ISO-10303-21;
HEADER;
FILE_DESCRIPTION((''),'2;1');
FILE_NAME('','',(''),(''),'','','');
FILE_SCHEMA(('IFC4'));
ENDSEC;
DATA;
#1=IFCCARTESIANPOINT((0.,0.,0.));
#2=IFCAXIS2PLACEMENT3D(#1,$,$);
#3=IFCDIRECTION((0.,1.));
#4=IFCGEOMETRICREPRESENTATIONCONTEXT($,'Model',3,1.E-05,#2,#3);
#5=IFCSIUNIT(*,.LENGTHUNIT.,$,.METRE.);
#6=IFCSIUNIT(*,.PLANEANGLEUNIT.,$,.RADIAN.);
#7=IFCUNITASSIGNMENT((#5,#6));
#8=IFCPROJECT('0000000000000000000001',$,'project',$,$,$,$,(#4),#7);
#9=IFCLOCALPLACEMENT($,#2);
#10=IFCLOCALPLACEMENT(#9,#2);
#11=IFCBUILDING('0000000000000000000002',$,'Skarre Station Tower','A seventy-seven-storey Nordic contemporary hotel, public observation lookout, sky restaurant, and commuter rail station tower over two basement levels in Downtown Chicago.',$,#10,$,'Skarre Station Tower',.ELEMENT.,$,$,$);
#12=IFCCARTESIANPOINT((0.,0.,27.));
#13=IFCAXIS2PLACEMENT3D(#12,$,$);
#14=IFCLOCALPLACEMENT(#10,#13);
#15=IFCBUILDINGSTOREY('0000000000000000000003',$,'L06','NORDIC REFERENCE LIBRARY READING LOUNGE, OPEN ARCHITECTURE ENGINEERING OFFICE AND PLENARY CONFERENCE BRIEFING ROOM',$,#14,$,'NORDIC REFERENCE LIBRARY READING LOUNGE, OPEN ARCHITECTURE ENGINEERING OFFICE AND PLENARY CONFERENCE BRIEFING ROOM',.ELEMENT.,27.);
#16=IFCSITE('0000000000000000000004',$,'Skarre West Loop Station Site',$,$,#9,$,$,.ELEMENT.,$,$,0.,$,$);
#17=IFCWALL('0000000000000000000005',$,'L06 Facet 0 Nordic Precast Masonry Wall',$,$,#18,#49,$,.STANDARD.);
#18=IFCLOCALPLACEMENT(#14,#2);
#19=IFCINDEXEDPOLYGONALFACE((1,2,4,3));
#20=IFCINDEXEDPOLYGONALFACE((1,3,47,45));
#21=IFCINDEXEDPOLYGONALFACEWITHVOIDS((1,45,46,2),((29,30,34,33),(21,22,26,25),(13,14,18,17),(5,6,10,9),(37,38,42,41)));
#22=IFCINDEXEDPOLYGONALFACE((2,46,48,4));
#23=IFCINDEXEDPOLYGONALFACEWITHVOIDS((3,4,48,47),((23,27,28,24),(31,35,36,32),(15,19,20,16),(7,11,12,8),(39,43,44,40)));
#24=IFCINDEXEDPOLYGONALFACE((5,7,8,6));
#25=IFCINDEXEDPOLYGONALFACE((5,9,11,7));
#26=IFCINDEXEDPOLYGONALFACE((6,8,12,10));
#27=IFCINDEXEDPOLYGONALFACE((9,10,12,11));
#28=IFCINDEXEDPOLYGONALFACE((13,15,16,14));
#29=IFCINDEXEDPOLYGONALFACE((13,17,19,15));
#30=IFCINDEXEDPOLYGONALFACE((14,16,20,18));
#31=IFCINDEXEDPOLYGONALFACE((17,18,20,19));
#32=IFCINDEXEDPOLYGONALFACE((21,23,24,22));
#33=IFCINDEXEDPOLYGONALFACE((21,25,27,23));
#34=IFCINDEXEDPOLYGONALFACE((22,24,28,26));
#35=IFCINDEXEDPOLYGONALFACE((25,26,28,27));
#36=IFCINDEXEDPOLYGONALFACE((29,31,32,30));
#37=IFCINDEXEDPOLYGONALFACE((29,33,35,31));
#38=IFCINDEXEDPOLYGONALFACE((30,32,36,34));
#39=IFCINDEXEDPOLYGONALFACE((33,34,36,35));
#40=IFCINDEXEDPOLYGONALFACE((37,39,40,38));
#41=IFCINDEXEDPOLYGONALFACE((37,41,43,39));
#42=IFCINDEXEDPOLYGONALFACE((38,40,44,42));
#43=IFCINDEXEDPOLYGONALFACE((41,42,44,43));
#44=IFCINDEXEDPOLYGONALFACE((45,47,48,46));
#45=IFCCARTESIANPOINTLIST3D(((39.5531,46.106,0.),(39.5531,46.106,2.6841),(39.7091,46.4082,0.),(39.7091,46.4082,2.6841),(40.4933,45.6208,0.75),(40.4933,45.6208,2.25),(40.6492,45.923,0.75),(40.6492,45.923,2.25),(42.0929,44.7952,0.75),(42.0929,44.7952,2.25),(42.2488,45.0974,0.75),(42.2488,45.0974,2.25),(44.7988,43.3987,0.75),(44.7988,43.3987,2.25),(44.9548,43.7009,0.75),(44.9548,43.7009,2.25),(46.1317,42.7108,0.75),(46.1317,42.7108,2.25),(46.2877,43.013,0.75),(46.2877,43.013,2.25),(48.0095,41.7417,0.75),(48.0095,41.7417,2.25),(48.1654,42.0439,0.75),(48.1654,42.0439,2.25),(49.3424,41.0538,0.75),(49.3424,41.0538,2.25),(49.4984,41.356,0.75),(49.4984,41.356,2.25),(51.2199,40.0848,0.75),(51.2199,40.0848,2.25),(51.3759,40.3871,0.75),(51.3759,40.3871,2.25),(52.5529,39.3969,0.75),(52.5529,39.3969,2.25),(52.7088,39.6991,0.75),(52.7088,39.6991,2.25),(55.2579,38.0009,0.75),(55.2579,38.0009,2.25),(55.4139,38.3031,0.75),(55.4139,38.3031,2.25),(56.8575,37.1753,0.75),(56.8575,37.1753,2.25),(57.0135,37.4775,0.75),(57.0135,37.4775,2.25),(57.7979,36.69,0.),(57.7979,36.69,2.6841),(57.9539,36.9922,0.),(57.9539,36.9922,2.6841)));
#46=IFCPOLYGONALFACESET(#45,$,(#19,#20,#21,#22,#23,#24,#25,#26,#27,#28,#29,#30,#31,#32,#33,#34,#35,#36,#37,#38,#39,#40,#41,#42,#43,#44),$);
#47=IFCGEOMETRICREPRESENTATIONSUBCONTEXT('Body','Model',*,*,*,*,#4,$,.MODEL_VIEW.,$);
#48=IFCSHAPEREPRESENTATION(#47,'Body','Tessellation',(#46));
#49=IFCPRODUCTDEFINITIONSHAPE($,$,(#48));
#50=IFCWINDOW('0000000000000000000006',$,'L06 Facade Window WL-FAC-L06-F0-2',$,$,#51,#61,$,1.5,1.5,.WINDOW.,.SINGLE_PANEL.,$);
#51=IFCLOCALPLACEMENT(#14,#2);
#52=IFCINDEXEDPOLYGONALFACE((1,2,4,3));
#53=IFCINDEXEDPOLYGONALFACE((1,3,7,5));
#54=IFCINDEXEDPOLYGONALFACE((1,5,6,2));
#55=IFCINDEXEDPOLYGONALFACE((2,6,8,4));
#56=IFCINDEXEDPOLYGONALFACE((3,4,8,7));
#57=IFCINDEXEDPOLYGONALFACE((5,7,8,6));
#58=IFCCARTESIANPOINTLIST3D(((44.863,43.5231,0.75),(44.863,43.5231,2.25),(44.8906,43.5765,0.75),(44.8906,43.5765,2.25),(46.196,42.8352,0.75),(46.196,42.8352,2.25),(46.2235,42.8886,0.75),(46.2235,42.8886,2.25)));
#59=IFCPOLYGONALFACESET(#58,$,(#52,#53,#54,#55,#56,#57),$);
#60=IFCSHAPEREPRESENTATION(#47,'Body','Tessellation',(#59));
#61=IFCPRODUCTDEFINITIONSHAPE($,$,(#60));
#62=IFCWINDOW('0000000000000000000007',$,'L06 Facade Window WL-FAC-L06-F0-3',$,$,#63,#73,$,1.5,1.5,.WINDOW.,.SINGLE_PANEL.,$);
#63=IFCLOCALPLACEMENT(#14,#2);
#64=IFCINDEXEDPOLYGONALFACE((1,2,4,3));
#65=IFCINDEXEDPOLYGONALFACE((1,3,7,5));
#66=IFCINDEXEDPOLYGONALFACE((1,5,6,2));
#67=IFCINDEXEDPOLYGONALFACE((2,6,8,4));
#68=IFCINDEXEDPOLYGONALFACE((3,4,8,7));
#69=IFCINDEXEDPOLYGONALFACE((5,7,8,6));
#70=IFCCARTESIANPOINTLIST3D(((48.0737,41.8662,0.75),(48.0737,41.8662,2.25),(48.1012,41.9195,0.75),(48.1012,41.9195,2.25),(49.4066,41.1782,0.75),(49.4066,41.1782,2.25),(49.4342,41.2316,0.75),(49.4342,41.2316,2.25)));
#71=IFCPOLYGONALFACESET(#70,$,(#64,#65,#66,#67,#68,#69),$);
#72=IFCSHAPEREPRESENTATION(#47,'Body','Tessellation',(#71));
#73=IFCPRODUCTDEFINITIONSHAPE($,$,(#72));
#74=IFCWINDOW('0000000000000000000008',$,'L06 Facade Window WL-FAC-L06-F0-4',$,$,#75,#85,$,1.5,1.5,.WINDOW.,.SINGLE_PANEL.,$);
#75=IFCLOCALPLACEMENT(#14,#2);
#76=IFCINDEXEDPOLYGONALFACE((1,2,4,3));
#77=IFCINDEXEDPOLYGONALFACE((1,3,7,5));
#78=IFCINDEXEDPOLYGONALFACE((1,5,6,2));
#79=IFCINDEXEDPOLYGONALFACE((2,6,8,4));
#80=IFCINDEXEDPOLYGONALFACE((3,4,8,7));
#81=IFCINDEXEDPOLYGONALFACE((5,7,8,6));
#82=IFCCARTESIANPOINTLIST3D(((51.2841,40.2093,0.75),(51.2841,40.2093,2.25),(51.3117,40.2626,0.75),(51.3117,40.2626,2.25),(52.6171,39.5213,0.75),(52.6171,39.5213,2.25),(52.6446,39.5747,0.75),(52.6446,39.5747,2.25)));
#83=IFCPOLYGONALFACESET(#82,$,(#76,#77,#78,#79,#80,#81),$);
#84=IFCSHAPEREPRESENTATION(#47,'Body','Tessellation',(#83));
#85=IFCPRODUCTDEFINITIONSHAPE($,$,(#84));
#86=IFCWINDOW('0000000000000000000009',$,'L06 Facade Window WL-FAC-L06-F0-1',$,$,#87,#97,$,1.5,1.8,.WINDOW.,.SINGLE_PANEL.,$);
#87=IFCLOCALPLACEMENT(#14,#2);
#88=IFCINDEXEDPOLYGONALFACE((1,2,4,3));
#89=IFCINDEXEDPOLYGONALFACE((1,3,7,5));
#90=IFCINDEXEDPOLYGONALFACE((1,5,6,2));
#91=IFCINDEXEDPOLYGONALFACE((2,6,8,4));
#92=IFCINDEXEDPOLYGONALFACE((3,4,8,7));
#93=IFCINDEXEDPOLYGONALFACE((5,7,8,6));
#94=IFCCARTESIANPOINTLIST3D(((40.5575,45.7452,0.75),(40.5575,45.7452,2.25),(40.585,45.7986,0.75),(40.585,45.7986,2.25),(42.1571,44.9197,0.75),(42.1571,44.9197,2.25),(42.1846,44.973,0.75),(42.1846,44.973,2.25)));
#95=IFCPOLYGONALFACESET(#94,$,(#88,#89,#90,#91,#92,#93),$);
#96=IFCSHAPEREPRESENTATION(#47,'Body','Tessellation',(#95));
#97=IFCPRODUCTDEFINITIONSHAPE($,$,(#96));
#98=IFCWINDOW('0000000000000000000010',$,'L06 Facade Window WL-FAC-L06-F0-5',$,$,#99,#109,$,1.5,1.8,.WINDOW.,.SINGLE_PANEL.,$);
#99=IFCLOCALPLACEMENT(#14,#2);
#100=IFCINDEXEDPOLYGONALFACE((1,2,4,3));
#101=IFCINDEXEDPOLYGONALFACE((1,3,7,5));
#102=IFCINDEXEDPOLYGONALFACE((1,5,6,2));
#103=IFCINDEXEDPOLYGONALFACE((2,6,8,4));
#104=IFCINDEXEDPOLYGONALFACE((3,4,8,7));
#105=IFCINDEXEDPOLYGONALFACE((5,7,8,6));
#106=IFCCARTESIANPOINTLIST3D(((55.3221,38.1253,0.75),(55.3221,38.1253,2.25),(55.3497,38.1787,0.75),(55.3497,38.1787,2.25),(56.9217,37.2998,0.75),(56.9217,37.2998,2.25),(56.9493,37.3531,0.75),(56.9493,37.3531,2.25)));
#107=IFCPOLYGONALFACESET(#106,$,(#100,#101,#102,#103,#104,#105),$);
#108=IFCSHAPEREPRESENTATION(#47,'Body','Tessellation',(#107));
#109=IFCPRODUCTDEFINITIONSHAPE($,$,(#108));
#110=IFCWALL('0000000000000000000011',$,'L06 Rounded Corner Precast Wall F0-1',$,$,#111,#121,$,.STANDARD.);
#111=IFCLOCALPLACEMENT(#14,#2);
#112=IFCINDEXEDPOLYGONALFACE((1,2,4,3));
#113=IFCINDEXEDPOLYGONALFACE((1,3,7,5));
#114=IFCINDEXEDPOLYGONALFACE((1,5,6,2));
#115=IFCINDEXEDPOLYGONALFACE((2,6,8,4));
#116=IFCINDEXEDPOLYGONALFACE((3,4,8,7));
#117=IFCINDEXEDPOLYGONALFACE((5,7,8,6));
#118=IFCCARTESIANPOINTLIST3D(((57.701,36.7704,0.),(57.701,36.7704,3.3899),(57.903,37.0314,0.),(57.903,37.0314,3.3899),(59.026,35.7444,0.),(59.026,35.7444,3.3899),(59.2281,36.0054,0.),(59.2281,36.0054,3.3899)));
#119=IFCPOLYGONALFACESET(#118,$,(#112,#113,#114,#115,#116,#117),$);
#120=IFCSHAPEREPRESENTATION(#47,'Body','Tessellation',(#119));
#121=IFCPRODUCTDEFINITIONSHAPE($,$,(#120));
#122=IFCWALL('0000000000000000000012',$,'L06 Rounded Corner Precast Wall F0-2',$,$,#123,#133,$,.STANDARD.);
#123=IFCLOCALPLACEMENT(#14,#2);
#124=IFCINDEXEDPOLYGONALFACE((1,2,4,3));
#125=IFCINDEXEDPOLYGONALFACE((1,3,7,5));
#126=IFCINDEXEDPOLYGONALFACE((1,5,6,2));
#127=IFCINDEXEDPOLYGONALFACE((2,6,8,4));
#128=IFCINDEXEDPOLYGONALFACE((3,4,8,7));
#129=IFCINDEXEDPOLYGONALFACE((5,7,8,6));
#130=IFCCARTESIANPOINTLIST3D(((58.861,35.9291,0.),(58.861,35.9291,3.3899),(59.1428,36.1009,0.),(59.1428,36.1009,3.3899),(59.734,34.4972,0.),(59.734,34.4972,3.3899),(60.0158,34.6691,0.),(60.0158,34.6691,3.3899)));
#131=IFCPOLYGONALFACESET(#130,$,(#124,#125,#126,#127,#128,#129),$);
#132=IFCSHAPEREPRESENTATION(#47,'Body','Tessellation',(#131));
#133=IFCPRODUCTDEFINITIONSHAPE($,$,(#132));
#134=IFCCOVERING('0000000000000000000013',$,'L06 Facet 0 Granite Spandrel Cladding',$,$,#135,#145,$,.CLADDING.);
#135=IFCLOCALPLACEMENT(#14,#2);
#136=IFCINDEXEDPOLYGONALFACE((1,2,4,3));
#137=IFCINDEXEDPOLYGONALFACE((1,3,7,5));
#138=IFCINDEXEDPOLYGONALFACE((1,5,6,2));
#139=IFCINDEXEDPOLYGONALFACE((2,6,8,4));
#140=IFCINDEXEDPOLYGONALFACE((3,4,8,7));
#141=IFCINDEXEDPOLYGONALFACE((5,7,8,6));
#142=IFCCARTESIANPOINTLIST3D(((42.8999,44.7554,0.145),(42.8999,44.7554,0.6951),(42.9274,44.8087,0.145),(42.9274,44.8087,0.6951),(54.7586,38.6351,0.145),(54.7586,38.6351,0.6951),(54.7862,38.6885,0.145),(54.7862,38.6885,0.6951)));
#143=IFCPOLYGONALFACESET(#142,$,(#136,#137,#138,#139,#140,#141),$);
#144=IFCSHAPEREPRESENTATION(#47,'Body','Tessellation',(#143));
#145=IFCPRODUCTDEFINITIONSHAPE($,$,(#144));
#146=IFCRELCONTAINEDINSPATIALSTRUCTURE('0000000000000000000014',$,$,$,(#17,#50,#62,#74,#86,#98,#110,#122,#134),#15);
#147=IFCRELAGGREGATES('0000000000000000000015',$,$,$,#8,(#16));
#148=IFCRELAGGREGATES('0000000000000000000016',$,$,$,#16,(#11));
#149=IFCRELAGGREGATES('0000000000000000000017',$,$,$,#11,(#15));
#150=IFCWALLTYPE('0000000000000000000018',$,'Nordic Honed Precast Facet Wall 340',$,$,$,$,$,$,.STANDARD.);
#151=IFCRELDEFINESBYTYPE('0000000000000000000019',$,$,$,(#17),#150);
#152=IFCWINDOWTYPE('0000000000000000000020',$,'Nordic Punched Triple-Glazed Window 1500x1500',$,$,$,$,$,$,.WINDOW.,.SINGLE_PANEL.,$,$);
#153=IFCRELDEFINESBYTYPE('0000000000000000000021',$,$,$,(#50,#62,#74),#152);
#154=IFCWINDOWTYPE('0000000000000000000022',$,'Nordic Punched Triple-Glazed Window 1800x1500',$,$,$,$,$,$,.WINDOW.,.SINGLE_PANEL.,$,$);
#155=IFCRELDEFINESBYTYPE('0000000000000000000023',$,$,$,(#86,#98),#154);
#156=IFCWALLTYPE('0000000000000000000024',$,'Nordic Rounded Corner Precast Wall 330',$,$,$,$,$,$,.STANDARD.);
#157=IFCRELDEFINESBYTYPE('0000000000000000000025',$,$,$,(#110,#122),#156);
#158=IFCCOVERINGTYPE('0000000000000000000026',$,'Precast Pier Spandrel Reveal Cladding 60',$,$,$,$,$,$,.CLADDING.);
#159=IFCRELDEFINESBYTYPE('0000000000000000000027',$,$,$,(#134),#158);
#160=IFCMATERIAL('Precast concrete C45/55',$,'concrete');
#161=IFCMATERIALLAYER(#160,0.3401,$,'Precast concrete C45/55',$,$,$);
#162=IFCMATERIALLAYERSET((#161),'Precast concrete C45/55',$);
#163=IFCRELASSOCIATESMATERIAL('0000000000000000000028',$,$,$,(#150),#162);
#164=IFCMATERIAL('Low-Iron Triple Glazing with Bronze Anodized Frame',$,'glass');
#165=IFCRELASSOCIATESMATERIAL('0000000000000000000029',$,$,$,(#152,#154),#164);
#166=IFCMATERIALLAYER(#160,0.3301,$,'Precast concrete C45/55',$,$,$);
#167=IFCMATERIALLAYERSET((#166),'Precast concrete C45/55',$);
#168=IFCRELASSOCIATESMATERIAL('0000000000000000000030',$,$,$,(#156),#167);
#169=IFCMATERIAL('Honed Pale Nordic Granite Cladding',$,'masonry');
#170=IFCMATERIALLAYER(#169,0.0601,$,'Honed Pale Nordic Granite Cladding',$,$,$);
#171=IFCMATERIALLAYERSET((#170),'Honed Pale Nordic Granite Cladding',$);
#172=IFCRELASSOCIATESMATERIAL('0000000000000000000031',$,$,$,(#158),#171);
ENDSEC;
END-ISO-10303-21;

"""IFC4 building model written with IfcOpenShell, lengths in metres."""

from ifc_helpers import new_model, si_unit, direction, frame, frame_2d, origin, origin_2d, place, context, subcontext, project, spatial, rectangle, extrude, material, layer, layer_set, type_object, element, fill, save


model = new_model("IFC4")

# Units and contexts
model_context = context("Model", 3, precision=1e-05, world=origin(), true_north=direction((0.0, 1.0)))
body_context = subcontext(model_context, "Body", "Model", "MODEL_VIEW")
ifc_project = project(units=[si_unit("LENGTHUNIT", "METRE"), si_unit("PLANEANGLEUNIT", "RADIAN")], contexts=[model_context])

# Site, building, storey
site_placement = place(None, origin())
site = spatial("IfcSite", under=ifc_project, at=site_placement, Name="Skarre West Loop Station Site", CompositionType="ELEMENT", RefElevation=0.0)
building_placement = place(site_placement, origin())
building = spatial("IfcBuilding", under=site, at=building_placement, Name="Skarre Station Tower", Description="A seventy-seven-storey Nordic contemporary hotel, public observation lookout, sky restaurant, and commuter rail station tower over two basement levels in Downtown Chicago.", LongName="Skarre Station Tower", CompositionType="ELEMENT")
storey_placement = place(building_placement, frame((0.0, 0.0, 27.0)))
storey = spatial("IfcBuildingStorey", under=building, at=storey_placement, Name="L06", Description="NORDIC REFERENCE LIBRARY READING LOUNGE, OPEN ARCHITECTURE ENGINEERING OFFICE AND PLENARY CONFERENCE BRIEFING ROOM", LongName="NORDIC REFERENCE LIBRARY READING LOUNGE, OPEN ARCHITECTURE ENGINEERING OFFICE AND PLENARY CONFERENCE BRIEFING ROOM", CompositionType="ELEMENT", Elevation=27.0)

# Wall, openings, windows
ifc_material_1 = material(Name="Precast concrete C45/55", Category="concrete")
ifc_layer_1 = layer(ifc_material_1, 0.3401, Name="Precast concrete C45/55")
ifc_layer_set_1 = layer_set([ifc_layer_1], Name="Precast concrete C45/55")
wall_type_1 = type_object("IfcWallType", Name="Nordic Honed Precast Facet Wall 340", PredefinedType="STANDARD", material=ifc_layer_set_1)
wall_1_placement = place(storey_placement, frame((39.6311, 46.2571, 0.0), z_axis=(0.0, 0.0, 1.0), x_axis=(0.888634, -0.458616, 0.0)))
wall_1 = element("IfcWall", 1, at=wall_1_placement, inside=storey, type_object=wall_type_1, Name="L06 Facet 0 Nordic Precast Masonry Wall", PredefinedType="STANDARD", context=body_context, shape_type="SweptSolid", body=[
    extrude(rectangle(XDim=20.5312, YDim=0.3401, at=frame_2d((10.2656, 0.0))), origin(), (0.0, 0.0, 1.0), 2.6841),
])
opening_1_placement = place(wall_1_placement, frame((1.0581, 0.0, 0.75)))
opening_1 = element("IfcOpeningElement", 2, at=opening_1_placement, cuts=wall_1, PredefinedType="OPENING", context=body_context, shape_type="SweptSolid", body=[
    extrude(rectangle(XDim=1.8, YDim=1.5, at=frame_2d((0.8999, 0.75))), frame((0.0, 0.1799, 0.0), z_axis=(0.0, -1.0, 0.0), x_axis=(1.0, 0.0, 0.0)), (0.0, 0.0, 1.0), 0.3601),
])
opening_2_placement = place(wall_1_placement, frame((5.9031, 0.0, 0.75)))
opening_2 = element("IfcOpeningElement", 3, at=opening_2_placement, cuts=wall_1, PredefinedType="OPENING", context=body_context, shape_type="SweptSolid", body=[
    extrude(rectangle(XDim=1.5, YDim=1.5, at=frame_2d((0.75, 0.75))), frame((0.0, 0.1799, 0.0), z_axis=(0.0, -1.0, 0.0), x_axis=(1.0, 0.0, 0.0)), (0.0, 0.0, 1.0), 0.3601),
])
opening_3_placement = place(wall_1_placement, frame((9.5161, 0.0, 0.75)))
opening_3 = element("IfcOpeningElement", 4, at=opening_3_placement, cuts=wall_1, PredefinedType="OPENING", context=body_context, shape_type="SweptSolid", body=[
    extrude(rectangle(XDim=1.5, YDim=1.5, at=frame_2d((0.75, 0.75))), frame((0.0, 0.1799, 0.0), z_axis=(0.0, -1.0, 0.0), x_axis=(1.0, 0.0, 0.0)), (0.0, 0.0, 1.0), 0.3601),
])
opening_4_placement = place(wall_1_placement, frame((13.1289, 0.0, 0.75)))
opening_4 = element("IfcOpeningElement", 5, at=opening_4_placement, cuts=wall_1, PredefinedType="OPENING", context=body_context, shape_type="SweptSolid", body=[
    extrude(rectangle(XDim=1.5, YDim=1.5, at=frame_2d((0.75, 0.75))), frame((0.0, 0.1799, 0.0), z_axis=(0.0, -1.0, 0.0), x_axis=(1.0, 0.0, 0.0)), (0.0, 0.0, 1.0), 0.3601),
])
opening_5_placement = place(wall_1_placement, frame((17.6731, 0.0, 0.75)))
opening_5 = element("IfcOpeningElement", 6, at=opening_5_placement, cuts=wall_1, PredefinedType="OPENING", context=body_context, shape_type="SweptSolid", body=[
    extrude(rectangle(XDim=1.8, YDim=1.5, at=frame_2d((0.8999, 0.75))), frame((0.0, 0.1799, 0.0), z_axis=(0.0, -1.0, 0.0), x_axis=(1.0, 0.0, 0.0)), (0.0, 0.0, 1.0), 0.3601),
])
ifc_material_2 = material(Name="Low-Iron Triple Glazing with Bronze Anodized Frame", Category="glass")
window_type_1 = type_object("IfcWindowType", Name="Nordic Punched Triple-Glazed Window 1500x1500", PartitioningType="SINGLE_PANEL", PredefinedType="WINDOW", material=ifc_material_2)
window_1_placement = place(opening_2_placement, origin())
window_1 = element("IfcWindow", 7, at=window_1_placement, inside=storey, type_object=window_type_1, Name="L06 Facade Window WL-FAC-L06-F0-2", OverallHeight=1.5, OverallWidth=1.5, PartitioningType="SINGLE_PANEL", PredefinedType="WINDOW", context=body_context, shape_type="SweptSolid", body=[
    extrude(rectangle(XDim=1.5, YDim=1.5, at=frame_2d((0.75, 0.75))), frame((0.0, 0.03, 0.0), z_axis=(0.0, -1.0, 0.0), x_axis=(1.0, 0.0, 0.0)), (0.0, 0.0, 1.0), 0.0601),
])
fill(opening_2, window_1)
window_2_placement = place(opening_3_placement, origin())
window_2 = element("IfcWindow", 8, at=window_2_placement, inside=storey, type_object=window_type_1, Name="L06 Facade Window WL-FAC-L06-F0-3", OverallHeight=1.5, OverallWidth=1.5, PartitioningType="SINGLE_PANEL", PredefinedType="WINDOW", context=body_context, shape_type="SweptSolid", body=[
    extrude(rectangle(XDim=1.5, YDim=1.5, at=frame_2d((0.75, 0.75))), frame((0.0, 0.03, 0.0), z_axis=(0.0, -1.0, 0.0), x_axis=(1.0, 0.0, 0.0)), (0.0, 0.0, 1.0), 0.0601),
])
fill(opening_3, window_2)
window_3_placement = place(opening_4_placement, origin())
window_3 = element("IfcWindow", 9, at=window_3_placement, inside=storey, type_object=window_type_1, Name="L06 Facade Window WL-FAC-L06-F0-4", OverallHeight=1.5, OverallWidth=1.5, PartitioningType="SINGLE_PANEL", PredefinedType="WINDOW", context=body_context, shape_type="SweptSolid", body=[
    extrude(rectangle(XDim=1.5, YDim=1.5, at=frame_2d((0.75, 0.75))), frame((0.0, 0.03, 0.0), z_axis=(0.0, -1.0, 0.0), x_axis=(1.0, 0.0, 0.0)), (0.0, 0.0, 1.0), 0.0601),
])
fill(opening_4, window_3)
window_type_2 = type_object("IfcWindowType", Name="Nordic Punched Triple-Glazed Window 1800x1500", PartitioningType="SINGLE_PANEL", PredefinedType="WINDOW", material=ifc_material_2)
window_4_placement = place(opening_1_placement, origin())
window_4 = element("IfcWindow", 10, at=window_4_placement, inside=storey, type_object=window_type_2, Name="L06 Facade Window WL-FAC-L06-F0-1", OverallHeight=1.5, OverallWidth=1.8, PartitioningType="SINGLE_PANEL", PredefinedType="WINDOW", context=body_context, shape_type="SweptSolid", body=[
    extrude(rectangle(XDim=1.8, YDim=1.5, at=frame_2d((0.8999, 0.75))), frame((0.0, 0.03, 0.0), z_axis=(0.0, -1.0, 0.0), x_axis=(1.0, 0.0, 0.0)), (0.0, 0.0, 1.0), 0.0601),
])
fill(opening_1, window_4)
window_5_placement = place(opening_5_placement, origin())
window_5 = element("IfcWindow", 11, at=window_5_placement, inside=storey, type_object=window_type_2, Name="L06 Facade Window WL-FAC-L06-F0-5", OverallHeight=1.5, OverallWidth=1.8, PartitioningType="SINGLE_PANEL", PredefinedType="WINDOW", context=body_context, shape_type="SweptSolid", body=[
    extrude(rectangle(XDim=1.8, YDim=1.5, at=frame_2d((0.8999, 0.75))), frame((0.0, 0.03, 0.0), z_axis=(0.0, -1.0, 0.0), x_axis=(1.0, 0.0, 0.0)), (0.0, 0.0, 1.0), 0.0601),
])
fill(opening_5, window_5)

# Walls
ifc_layer_2 = layer(ifc_material_1, 0.3301, Name="Precast concrete C45/55")
ifc_layer_set_2 = layer_set([ifc_layer_2], Name="Precast concrete C45/55")
wall_type_2 = type_object("IfcWallType", Name="Nordic Rounded Corner Precast Wall 330", PredefinedType="STANDARD", material=ifc_layer_set_2)
wall_2_placement = place(storey_placement, frame((57.802, 36.9009, 0.0), z_axis=(0.0, 0.0, 1.0), x_axis=(0.790692, -0.612214, 0.0)))
element("IfcWall", 12, at=wall_2_placement, inside=storey, type_object=wall_type_2, Name="L06 Rounded Corner Precast Wall F0-1", PredefinedType="STANDARD", context=body_context, shape_type="SweptSolid", body=[
    extrude(rectangle(XDim=1.6758, YDim=0.3301, at=frame_2d((0.8379, 0.0))), origin(), (0.0, 0.0, 1.0), 3.3899),
])
wall_3_placement = place(storey_placement, frame((59.002, 36.0149, 0.0), z_axis=(0.0, 0.0, 1.0), x_axis=(0.520584, -0.85381, 0.0)))
element("IfcWall", 13, at=wall_3_placement, inside=storey, type_object=wall_type_2, Name="L06 Rounded Corner Precast Wall F0-2", PredefinedType="STANDARD", context=body_context, shape_type="SweptSolid", body=[
    extrude(rectangle(XDim=1.677, YDim=0.3301, at=frame_2d((0.8384, 0.0))), origin(), (0.0, 0.0, 1.0), 3.3899),
])

# Covering
ifc_material_3 = material(Name="Honed Pale Nordic Granite Cladding", Category="masonry")
ifc_layer_3 = layer(ifc_material_3, 0.0601, Name="Honed Pale Nordic Granite Cladding")
ifc_layer_set_3 = layer_set([ifc_layer_3], Name="Honed Pale Nordic Granite Cladding")
covering_type = type_object("IfcCoveringType", Name="Precast Pier Spandrel Reveal Cladding 60", PredefinedType="CLADDING", material=ifc_layer_set_3)
covering_placement = place(storey_placement, frame((48.843, 41.7219, 0.145), z_axis=(0.0, 0.0, 1.0), x_axis=(-0.888633, 0.458619, 0.0)))
element("IfcCovering", 14, at=covering_placement, inside=storey, type_object=covering_type, Name="L06 Facet 0 Granite Spandrel Cladding", PredefinedType="CLADDING", context=body_context, shape_type="SweptSolid", body=[
    extrude(rectangle(XDim=13.345, YDim=0.0601, at=origin_2d()), origin(), (0.0, 0.0, 1.0), 0.55),
])

save(model, "model.ifc")
